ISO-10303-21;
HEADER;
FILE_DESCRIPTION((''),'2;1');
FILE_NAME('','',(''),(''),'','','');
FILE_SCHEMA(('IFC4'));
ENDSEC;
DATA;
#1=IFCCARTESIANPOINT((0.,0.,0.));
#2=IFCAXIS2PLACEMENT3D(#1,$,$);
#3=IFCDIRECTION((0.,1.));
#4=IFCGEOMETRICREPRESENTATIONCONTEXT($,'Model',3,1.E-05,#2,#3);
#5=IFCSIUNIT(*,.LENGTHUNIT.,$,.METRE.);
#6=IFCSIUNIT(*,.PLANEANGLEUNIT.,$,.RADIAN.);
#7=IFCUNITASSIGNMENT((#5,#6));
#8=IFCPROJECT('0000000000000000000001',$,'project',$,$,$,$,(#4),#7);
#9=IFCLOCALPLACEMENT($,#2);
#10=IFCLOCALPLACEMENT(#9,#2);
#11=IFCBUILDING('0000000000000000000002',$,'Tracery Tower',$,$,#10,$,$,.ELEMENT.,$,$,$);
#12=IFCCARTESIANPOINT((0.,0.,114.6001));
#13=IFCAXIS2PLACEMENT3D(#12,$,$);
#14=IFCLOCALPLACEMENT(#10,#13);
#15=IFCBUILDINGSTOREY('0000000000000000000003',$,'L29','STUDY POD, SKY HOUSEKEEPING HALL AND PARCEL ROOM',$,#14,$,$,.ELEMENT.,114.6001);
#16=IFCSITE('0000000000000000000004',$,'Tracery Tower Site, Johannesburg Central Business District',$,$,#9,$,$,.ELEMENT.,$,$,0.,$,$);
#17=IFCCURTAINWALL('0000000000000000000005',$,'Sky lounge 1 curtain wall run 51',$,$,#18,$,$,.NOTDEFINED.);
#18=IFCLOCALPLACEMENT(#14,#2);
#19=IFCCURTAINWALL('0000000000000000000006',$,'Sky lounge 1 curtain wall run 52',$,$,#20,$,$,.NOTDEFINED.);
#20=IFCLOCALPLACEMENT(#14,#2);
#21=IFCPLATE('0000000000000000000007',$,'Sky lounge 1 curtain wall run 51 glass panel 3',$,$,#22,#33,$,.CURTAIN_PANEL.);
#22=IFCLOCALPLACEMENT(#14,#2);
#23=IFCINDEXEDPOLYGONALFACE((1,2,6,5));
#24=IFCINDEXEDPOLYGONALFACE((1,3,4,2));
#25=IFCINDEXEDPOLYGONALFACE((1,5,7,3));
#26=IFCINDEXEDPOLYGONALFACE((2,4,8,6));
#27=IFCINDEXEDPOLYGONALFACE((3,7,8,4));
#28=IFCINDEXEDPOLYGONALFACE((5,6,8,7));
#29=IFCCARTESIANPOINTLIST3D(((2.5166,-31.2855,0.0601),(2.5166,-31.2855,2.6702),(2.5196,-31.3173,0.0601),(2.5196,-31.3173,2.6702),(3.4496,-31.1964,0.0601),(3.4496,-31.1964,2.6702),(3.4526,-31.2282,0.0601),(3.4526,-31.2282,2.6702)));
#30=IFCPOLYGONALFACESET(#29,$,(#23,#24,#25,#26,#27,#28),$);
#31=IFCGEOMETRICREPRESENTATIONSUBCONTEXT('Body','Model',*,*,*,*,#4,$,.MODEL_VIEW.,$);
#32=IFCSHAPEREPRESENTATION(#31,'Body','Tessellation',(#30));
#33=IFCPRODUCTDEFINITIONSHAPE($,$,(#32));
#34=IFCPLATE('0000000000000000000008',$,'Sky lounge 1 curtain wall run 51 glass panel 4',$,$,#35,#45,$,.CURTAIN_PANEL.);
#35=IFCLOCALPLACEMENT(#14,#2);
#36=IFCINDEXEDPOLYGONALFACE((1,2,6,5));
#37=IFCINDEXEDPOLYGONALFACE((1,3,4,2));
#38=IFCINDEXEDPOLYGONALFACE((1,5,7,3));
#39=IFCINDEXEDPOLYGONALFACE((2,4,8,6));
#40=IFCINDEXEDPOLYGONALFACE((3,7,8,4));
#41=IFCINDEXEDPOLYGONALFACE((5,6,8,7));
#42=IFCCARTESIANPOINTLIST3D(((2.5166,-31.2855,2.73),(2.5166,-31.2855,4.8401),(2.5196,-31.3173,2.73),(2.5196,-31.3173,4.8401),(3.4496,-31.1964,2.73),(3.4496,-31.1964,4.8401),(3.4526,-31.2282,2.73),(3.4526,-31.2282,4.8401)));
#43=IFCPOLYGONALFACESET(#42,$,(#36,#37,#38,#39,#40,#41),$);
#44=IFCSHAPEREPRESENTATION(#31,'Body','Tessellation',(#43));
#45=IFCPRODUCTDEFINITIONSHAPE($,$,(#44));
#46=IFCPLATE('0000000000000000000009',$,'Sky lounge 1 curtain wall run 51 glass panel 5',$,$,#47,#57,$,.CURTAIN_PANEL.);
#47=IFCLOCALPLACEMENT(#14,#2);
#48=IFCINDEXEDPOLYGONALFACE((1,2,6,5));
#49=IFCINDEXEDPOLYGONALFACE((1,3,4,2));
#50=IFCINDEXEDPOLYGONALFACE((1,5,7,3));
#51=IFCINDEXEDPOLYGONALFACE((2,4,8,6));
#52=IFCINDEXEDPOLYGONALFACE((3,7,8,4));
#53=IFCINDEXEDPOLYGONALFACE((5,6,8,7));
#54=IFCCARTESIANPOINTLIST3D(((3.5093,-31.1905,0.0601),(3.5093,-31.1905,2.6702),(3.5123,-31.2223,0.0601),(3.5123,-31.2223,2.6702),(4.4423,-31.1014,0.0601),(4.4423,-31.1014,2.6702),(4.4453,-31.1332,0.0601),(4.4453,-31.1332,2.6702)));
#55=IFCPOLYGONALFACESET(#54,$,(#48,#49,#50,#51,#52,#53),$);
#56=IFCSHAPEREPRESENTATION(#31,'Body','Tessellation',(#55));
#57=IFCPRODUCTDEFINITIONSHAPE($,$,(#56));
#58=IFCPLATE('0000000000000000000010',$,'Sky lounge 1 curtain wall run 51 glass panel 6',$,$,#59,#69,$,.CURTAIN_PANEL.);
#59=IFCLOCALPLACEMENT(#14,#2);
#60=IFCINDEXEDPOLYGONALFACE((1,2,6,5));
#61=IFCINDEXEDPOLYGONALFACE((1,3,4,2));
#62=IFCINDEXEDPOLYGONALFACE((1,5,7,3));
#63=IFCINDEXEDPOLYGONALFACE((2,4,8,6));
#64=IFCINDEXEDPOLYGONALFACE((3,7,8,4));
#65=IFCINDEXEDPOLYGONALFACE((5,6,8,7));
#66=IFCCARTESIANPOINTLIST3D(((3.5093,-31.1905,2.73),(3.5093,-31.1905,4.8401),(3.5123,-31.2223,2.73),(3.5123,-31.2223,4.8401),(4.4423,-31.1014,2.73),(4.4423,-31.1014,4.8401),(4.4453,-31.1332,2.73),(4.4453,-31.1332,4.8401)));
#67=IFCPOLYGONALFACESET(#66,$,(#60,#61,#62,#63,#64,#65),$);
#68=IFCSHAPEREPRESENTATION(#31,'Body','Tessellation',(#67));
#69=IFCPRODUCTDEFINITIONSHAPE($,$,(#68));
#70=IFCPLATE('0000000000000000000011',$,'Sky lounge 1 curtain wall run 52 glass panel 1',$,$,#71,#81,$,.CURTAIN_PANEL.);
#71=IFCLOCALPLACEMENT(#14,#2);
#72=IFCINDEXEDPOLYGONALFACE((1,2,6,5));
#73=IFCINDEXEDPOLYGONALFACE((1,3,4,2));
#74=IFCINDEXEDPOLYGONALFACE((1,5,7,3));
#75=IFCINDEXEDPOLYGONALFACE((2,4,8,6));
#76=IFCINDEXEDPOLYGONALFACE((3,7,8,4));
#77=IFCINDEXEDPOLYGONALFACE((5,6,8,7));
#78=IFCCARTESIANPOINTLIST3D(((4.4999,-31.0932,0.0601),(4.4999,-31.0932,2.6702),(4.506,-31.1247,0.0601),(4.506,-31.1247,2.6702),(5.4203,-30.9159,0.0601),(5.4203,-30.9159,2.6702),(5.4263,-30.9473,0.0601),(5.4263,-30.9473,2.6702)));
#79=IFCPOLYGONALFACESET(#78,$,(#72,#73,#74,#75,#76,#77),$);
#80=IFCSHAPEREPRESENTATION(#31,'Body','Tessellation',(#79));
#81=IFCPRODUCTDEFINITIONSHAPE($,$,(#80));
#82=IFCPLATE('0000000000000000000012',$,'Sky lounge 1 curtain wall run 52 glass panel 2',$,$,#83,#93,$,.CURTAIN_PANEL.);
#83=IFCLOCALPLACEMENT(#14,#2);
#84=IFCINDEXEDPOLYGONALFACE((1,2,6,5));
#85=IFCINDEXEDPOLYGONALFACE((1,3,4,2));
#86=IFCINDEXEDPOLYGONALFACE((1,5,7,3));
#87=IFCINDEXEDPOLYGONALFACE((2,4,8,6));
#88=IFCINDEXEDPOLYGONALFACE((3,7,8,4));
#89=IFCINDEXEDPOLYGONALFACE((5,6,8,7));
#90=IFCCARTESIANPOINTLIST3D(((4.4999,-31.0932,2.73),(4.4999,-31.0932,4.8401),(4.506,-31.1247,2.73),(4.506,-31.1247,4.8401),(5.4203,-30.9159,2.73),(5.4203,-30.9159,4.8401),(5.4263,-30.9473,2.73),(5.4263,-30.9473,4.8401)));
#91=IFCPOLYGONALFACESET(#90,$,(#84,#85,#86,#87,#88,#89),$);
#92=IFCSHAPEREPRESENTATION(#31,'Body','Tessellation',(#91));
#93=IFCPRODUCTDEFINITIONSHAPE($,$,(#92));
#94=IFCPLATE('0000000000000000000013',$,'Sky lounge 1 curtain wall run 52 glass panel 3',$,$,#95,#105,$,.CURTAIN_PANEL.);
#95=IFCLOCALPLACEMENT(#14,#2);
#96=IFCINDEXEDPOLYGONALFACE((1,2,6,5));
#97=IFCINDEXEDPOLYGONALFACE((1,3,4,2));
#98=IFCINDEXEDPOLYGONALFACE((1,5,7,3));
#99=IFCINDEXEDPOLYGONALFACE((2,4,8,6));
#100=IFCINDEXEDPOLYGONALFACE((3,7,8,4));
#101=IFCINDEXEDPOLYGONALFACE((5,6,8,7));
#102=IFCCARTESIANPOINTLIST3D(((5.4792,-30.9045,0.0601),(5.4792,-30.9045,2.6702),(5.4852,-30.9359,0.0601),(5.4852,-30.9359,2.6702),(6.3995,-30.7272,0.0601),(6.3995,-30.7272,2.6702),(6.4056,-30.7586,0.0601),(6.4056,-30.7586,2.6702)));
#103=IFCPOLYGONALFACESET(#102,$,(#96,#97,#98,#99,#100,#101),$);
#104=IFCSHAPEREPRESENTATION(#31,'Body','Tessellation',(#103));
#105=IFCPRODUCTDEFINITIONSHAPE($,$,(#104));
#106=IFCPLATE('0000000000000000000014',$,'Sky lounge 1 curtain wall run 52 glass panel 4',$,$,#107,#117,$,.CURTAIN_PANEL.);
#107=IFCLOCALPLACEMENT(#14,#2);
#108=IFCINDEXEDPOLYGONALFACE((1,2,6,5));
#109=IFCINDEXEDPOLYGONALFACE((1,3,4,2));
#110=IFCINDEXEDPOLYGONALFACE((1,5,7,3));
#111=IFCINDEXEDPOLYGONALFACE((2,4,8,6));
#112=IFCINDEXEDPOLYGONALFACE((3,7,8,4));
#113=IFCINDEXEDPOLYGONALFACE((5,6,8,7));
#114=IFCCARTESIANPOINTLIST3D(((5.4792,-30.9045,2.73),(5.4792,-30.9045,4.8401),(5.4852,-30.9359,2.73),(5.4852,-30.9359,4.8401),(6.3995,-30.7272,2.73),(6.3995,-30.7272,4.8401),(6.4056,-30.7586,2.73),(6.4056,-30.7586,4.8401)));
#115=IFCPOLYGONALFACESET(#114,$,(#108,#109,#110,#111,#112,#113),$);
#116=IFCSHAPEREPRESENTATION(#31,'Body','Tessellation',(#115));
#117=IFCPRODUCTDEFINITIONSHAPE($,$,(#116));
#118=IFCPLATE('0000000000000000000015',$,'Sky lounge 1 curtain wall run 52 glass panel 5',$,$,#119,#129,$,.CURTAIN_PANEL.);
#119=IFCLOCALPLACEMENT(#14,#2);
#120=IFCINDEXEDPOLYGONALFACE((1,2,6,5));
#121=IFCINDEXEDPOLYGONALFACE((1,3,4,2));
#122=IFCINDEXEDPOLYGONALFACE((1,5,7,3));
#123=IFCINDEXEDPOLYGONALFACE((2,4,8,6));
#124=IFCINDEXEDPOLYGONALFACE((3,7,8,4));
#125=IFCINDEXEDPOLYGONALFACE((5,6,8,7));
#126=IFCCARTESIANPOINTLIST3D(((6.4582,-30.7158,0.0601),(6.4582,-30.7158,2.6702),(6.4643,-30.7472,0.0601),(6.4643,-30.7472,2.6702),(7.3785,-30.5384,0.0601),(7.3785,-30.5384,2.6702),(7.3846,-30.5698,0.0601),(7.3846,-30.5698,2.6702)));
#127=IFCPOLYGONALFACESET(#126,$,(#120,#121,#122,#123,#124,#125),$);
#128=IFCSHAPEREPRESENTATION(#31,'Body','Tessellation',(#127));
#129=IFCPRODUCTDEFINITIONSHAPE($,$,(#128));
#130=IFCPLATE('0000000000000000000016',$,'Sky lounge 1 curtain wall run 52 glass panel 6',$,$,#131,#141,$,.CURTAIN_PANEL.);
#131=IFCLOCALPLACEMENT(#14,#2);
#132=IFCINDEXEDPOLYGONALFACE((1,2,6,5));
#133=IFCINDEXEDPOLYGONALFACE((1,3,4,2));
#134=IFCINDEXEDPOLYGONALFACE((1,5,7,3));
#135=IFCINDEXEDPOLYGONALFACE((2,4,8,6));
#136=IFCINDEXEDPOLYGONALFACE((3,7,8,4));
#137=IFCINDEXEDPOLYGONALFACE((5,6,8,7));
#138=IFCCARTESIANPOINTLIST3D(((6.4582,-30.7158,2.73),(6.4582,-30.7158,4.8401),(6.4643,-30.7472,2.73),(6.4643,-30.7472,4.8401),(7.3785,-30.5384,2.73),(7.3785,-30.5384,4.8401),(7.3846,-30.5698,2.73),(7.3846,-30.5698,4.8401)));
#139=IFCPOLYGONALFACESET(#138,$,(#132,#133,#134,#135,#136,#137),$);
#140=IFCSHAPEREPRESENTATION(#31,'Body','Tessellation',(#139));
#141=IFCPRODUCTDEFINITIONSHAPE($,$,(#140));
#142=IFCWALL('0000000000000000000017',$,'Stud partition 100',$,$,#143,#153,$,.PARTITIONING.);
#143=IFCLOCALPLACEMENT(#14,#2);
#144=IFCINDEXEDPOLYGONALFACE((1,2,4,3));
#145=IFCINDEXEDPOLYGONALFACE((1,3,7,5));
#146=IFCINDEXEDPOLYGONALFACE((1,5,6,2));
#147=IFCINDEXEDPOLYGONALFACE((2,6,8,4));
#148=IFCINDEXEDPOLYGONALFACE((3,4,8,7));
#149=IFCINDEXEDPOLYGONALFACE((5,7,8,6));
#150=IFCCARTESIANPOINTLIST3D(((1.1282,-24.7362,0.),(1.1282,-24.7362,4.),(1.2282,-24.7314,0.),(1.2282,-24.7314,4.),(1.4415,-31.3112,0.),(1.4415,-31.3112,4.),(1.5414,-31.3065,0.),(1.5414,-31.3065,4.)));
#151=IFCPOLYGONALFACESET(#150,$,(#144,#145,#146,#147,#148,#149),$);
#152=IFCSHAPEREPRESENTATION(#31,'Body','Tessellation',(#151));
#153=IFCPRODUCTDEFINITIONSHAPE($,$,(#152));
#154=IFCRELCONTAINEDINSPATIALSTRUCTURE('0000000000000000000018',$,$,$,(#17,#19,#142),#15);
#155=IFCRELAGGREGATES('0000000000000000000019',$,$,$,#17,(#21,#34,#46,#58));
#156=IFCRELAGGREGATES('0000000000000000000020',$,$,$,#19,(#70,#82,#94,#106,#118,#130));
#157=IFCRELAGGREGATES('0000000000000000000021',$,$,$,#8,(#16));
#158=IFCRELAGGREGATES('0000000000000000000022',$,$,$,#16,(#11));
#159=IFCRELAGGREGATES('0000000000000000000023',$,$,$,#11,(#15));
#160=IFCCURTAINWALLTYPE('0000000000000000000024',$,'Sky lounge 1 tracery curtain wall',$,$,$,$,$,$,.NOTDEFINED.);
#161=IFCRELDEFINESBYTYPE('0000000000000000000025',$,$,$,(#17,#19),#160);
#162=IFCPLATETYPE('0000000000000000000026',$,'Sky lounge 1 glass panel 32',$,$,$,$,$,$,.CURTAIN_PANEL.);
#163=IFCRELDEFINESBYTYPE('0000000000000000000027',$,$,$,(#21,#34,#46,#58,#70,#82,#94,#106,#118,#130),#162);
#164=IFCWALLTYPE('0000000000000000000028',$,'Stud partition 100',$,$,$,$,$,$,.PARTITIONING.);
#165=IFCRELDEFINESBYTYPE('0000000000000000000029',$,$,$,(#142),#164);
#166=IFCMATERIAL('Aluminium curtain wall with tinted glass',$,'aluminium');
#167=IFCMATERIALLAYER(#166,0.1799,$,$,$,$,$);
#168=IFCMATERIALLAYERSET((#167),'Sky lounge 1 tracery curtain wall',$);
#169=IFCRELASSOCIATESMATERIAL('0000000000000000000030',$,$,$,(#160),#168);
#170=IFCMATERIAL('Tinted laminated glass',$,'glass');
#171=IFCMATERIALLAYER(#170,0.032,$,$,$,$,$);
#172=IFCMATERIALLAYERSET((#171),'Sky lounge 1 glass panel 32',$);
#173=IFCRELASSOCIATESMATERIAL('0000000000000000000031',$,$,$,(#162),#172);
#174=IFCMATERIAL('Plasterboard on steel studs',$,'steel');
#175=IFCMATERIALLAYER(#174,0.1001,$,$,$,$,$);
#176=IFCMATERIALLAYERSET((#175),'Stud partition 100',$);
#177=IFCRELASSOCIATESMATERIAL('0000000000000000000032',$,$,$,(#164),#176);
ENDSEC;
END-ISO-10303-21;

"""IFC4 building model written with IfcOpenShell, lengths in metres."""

from ifc_helpers import new_model, si_unit, direction, frame, frame_2d, origin, origin_2d, place, context, subcontext, project, spatial, rectangle, extrude, material, layer, layer_set, type_object, element, aggregate, save


model = new_model("IFC4")

# Units and contexts
model_context = context("Model", 3, precision=1e-05, world=origin(), true_north=direction((0.0, 1.0)))
body_context = subcontext(model_context, "Body", "Model", "MODEL_VIEW")
ifc_project = project(units=[si_unit("LENGTHUNIT", "METRE"), si_unit("PLANEANGLEUNIT", "RADIAN")], contexts=[model_context])

# Site, building, storey
site_placement = place(None, origin())
site = spatial("IfcSite", under=ifc_project, at=site_placement, Name="Tracery Tower Site, Johannesburg Central Business District", CompositionType="ELEMENT", RefElevation=0.0)
building_placement = place(site_placement, origin())
building = spatial("IfcBuilding", under=site, at=building_placement, Name="Tracery Tower", CompositionType="ELEMENT")
storey_placement = place(building_placement, frame((0.0, 0.0, 114.6001)))
storey = spatial("IfcBuildingStorey", under=building, at=storey_placement, Name="L29", Description="STUDY POD, SKY HOUSEKEEPING HALL AND PARCEL ROOM", CompositionType="ELEMENT", Elevation=114.6001)

# Curtain walls
ifc_material_1 = material(Name="Aluminium curtain wall with tinted glass", Category="aluminium")
ifc_layer_1 = layer(ifc_material_1, 0.1799)
ifc_layer_set_1 = layer_set([ifc_layer_1], Name="Sky lounge 1 tracery curtain wall")
curtain_wall_type = type_object("IfcCurtainWallType", Name="Sky lounge 1 tracery curtain wall", PredefinedType="NOTDEFINED", material=ifc_layer_set_1)
curtain_wall_1_placement = place(storey_placement, origin())
curtain_wall_1 = element("IfcCurtainWall", 1, at=curtain_wall_1_placement, inside=storey, type_object=curtain_wall_type, Name="Sky lounge 1 curtain wall run 51", PredefinedType="NOTDEFINED")
curtain_wall_2_placement = place(storey_placement, origin())
curtain_wall_2 = element("IfcCurtainWall", 2, at=curtain_wall_2_placement, inside=storey, type_object=curtain_wall_type, Name="Sky lounge 1 curtain wall run 52", PredefinedType="NOTDEFINED")

# Plates
ifc_material_2 = material(Name="Tinted laminated glass", Category="glass")
ifc_layer_2 = layer(ifc_material_2, 0.032)
ifc_layer_set_2 = layer_set([ifc_layer_2], Name="Sky lounge 1 glass panel 32")
plate_type = type_object("IfcPlateType", Name="Sky lounge 1 glass panel 32", PredefinedType="CURTAIN_PANEL", material=ifc_layer_set_2)
plate_1_placement = place(storey_placement, frame((2.9846, -31.2568, 0.0601), z_axis=(0.0, 0.0, 1.0), x_axis=(0.995472, 0.095056, 0.0)))
plate_1 = element("IfcPlate", 3, at=plate_1_placement, type_object=plate_type, Name="Sky lounge 1 curtain wall run 51 glass panel 3", PredefinedType="CURTAIN_PANEL", context=body_context, shape_type="SweptSolid", body=[
    extrude(rectangle(XDim=0.9373, YDim=0.032, at=origin_2d()), origin(), (0.0, 0.0, 1.0), 2.6101),
])
plate_2_placement = place(storey_placement, frame((2.9846, -31.2568, 2.73), z_axis=(0.0, 0.0, 1.0), x_axis=(0.995472, 0.095056, 0.0)))
plate_2 = element("IfcPlate", 4, at=plate_2_placement, type_object=plate_type, Name="Sky lounge 1 curtain wall run 51 glass panel 4", PredefinedType="CURTAIN_PANEL", context=body_context, shape_type="SweptSolid", body=[
    extrude(rectangle(XDim=0.9373, YDim=0.032, at=origin_2d()), origin(), (0.0, 0.0, 1.0), 2.1101),
])
plate_3_placement = place(storey_placement, frame((3.9773, -31.1619, 0.0601), z_axis=(0.0, 0.0, 1.0), x_axis=(0.995472, 0.095056, 0.0)))
plate_3 = element("IfcPlate", 5, at=plate_3_placement, type_object=plate_type, Name="Sky lounge 1 curtain wall run 51 glass panel 5", PredefinedType="CURTAIN_PANEL", context=body_context, shape_type="SweptSolid", body=[
    extrude(rectangle(XDim=0.9373, YDim=0.032, at=origin_2d()), origin(), (0.0, 0.0, 1.0), 2.6101),
])
plate_4_placement = place(storey_placement, frame((3.9773, -31.1619, 2.73), z_axis=(0.0, 0.0, 1.0), x_axis=(0.995472, 0.095056, 0.0)))
plate_4 = element("IfcPlate", 6, at=plate_4_placement, type_object=plate_type, Name="Sky lounge 1 curtain wall run 51 glass panel 6", PredefinedType="CURTAIN_PANEL", context=body_context, shape_type="SweptSolid", body=[
    extrude(rectangle(XDim=0.9373, YDim=0.032, at=origin_2d()), origin(), (0.0, 0.0, 1.0), 2.1101),
])
aggregate(curtain_wall_1, [plate_1, plate_2, plate_3, plate_4])
plate_5_placement = place(storey_placement, frame((4.9631, -31.0203, 0.0601), z_axis=(0.0, 0.0, 1.0), x_axis=(0.981929, 0.189251, 0.0)))
plate_5 = element("IfcPlate", 7, at=plate_5_placement, type_object=plate_type, Name="Sky lounge 1 curtain wall run 52 glass panel 1", PredefinedType="CURTAIN_PANEL", context=body_context, shape_type="SweptSolid", body=[
    extrude(rectangle(XDim=0.9373, YDim=0.032, at=origin_2d()), origin(), (0.0, 0.0, 1.0), 2.6101),
])
plate_6_placement = place(storey_placement, frame((4.9631, -31.0203, 2.73), z_axis=(0.0, 0.0, 1.0), x_axis=(0.981929, 0.189251, 0.0)))
plate_6 = element("IfcPlate", 8, at=plate_6_placement, type_object=plate_type, Name="Sky lounge 1 curtain wall run 52 glass panel 2", PredefinedType="CURTAIN_PANEL", context=body_context, shape_type="SweptSolid", body=[
    extrude(rectangle(XDim=0.9373, YDim=0.032, at=origin_2d()), origin(), (0.0, 0.0, 1.0), 2.1101),
])
plate_7_placement = place(storey_placement, frame((5.9424, -30.8315, 0.0601), z_axis=(0.0, 0.0, 1.0), x_axis=(0.981929, 0.189251, 0.0)))
plate_7 = element("IfcPlate", 9, at=plate_7_placement, type_object=plate_type, Name="Sky lounge 1 curtain wall run 52 glass panel 3", PredefinedType="CURTAIN_PANEL", context=body_context, shape_type="SweptSolid", body=[
    extrude(rectangle(XDim=0.9373, YDim=0.032, at=origin_2d()), origin(), (0.0, 0.0, 1.0), 2.6101),
])
plate_8_placement = place(storey_placement, frame((5.9424, -30.8315, 2.73), z_axis=(0.0, 0.0, 1.0), x_axis=(0.981929, 0.189251, 0.0)))
plate_8 = element("IfcPlate", 10, at=plate_8_placement, type_object=plate_type, Name="Sky lounge 1 curtain wall run 52 glass panel 4", PredefinedType="CURTAIN_PANEL", context=body_context, shape_type="SweptSolid", body=[
    extrude(rectangle(XDim=0.9373, YDim=0.032, at=origin_2d()), origin(), (0.0, 0.0, 1.0), 2.1101),
])
plate_9_placement = place(storey_placement, frame((6.9214, -30.6428, 0.0601), z_axis=(0.0, 0.0, 1.0), x_axis=(0.981929, 0.189251, 0.0)))
plate_9 = element("IfcPlate", 11, at=plate_9_placement, type_object=plate_type, Name="Sky lounge 1 curtain wall run 52 glass panel 5", PredefinedType="CURTAIN_PANEL", context=body_context, shape_type="SweptSolid", body=[
    extrude(rectangle(XDim=0.9373, YDim=0.032, at=origin_2d()), origin(), (0.0, 0.0, 1.0), 2.6101),
])
plate_10_placement = place(storey_placement, frame((6.9214, -30.6428, 2.73), z_axis=(0.0, 0.0, 1.0), x_axis=(0.981929, 0.189251, 0.0)))
plate_10 = element("IfcPlate", 12, at=plate_10_placement, type_object=plate_type, Name="Sky lounge 1 curtain wall run 52 glass panel 6", PredefinedType="CURTAIN_PANEL", context=body_context, shape_type="SweptSolid", body=[
    extrude(rectangle(XDim=0.9373, YDim=0.032, at=origin_2d()), origin(), (0.0, 0.0, 1.0), 2.1101),
])
aggregate(curtain_wall_2, [plate_5, plate_6, plate_7, plate_8, plate_9, plate_10])

# Wall
ifc_material_3 = material(Name="Plasterboard on steel studs", Category="steel")
ifc_layer_3 = layer(ifc_material_3, 0.1001)
ifc_layer_set_3 = layer_set([ifc_layer_3], Name="Stud partition 100")
wall_type = type_object("IfcWallType", Name="Stud partition 100", PredefinedType="PARTITIONING", material=ifc_layer_set_3)
wall_placement = place(storey_placement, frame((1.4915, -31.3088, 0.0), z_axis=(0.0, 0.0, 1.0), x_axis=(-0.047586, 0.998867, 0.0)))
element("IfcWall", 13, at=wall_placement, inside=storey, type_object=wall_type, Name="Stud partition 100", PredefinedType="PARTITIONING", context=body_context, shape_type="SweptSolid", body=[
    extrude(rectangle(XDim=6.5825, YDim=0.1001, at=frame_2d((3.2913, 0.0))), origin(), (0.0, 0.0, 1.0), 4.0),
])

save(model, "model.ifc")
